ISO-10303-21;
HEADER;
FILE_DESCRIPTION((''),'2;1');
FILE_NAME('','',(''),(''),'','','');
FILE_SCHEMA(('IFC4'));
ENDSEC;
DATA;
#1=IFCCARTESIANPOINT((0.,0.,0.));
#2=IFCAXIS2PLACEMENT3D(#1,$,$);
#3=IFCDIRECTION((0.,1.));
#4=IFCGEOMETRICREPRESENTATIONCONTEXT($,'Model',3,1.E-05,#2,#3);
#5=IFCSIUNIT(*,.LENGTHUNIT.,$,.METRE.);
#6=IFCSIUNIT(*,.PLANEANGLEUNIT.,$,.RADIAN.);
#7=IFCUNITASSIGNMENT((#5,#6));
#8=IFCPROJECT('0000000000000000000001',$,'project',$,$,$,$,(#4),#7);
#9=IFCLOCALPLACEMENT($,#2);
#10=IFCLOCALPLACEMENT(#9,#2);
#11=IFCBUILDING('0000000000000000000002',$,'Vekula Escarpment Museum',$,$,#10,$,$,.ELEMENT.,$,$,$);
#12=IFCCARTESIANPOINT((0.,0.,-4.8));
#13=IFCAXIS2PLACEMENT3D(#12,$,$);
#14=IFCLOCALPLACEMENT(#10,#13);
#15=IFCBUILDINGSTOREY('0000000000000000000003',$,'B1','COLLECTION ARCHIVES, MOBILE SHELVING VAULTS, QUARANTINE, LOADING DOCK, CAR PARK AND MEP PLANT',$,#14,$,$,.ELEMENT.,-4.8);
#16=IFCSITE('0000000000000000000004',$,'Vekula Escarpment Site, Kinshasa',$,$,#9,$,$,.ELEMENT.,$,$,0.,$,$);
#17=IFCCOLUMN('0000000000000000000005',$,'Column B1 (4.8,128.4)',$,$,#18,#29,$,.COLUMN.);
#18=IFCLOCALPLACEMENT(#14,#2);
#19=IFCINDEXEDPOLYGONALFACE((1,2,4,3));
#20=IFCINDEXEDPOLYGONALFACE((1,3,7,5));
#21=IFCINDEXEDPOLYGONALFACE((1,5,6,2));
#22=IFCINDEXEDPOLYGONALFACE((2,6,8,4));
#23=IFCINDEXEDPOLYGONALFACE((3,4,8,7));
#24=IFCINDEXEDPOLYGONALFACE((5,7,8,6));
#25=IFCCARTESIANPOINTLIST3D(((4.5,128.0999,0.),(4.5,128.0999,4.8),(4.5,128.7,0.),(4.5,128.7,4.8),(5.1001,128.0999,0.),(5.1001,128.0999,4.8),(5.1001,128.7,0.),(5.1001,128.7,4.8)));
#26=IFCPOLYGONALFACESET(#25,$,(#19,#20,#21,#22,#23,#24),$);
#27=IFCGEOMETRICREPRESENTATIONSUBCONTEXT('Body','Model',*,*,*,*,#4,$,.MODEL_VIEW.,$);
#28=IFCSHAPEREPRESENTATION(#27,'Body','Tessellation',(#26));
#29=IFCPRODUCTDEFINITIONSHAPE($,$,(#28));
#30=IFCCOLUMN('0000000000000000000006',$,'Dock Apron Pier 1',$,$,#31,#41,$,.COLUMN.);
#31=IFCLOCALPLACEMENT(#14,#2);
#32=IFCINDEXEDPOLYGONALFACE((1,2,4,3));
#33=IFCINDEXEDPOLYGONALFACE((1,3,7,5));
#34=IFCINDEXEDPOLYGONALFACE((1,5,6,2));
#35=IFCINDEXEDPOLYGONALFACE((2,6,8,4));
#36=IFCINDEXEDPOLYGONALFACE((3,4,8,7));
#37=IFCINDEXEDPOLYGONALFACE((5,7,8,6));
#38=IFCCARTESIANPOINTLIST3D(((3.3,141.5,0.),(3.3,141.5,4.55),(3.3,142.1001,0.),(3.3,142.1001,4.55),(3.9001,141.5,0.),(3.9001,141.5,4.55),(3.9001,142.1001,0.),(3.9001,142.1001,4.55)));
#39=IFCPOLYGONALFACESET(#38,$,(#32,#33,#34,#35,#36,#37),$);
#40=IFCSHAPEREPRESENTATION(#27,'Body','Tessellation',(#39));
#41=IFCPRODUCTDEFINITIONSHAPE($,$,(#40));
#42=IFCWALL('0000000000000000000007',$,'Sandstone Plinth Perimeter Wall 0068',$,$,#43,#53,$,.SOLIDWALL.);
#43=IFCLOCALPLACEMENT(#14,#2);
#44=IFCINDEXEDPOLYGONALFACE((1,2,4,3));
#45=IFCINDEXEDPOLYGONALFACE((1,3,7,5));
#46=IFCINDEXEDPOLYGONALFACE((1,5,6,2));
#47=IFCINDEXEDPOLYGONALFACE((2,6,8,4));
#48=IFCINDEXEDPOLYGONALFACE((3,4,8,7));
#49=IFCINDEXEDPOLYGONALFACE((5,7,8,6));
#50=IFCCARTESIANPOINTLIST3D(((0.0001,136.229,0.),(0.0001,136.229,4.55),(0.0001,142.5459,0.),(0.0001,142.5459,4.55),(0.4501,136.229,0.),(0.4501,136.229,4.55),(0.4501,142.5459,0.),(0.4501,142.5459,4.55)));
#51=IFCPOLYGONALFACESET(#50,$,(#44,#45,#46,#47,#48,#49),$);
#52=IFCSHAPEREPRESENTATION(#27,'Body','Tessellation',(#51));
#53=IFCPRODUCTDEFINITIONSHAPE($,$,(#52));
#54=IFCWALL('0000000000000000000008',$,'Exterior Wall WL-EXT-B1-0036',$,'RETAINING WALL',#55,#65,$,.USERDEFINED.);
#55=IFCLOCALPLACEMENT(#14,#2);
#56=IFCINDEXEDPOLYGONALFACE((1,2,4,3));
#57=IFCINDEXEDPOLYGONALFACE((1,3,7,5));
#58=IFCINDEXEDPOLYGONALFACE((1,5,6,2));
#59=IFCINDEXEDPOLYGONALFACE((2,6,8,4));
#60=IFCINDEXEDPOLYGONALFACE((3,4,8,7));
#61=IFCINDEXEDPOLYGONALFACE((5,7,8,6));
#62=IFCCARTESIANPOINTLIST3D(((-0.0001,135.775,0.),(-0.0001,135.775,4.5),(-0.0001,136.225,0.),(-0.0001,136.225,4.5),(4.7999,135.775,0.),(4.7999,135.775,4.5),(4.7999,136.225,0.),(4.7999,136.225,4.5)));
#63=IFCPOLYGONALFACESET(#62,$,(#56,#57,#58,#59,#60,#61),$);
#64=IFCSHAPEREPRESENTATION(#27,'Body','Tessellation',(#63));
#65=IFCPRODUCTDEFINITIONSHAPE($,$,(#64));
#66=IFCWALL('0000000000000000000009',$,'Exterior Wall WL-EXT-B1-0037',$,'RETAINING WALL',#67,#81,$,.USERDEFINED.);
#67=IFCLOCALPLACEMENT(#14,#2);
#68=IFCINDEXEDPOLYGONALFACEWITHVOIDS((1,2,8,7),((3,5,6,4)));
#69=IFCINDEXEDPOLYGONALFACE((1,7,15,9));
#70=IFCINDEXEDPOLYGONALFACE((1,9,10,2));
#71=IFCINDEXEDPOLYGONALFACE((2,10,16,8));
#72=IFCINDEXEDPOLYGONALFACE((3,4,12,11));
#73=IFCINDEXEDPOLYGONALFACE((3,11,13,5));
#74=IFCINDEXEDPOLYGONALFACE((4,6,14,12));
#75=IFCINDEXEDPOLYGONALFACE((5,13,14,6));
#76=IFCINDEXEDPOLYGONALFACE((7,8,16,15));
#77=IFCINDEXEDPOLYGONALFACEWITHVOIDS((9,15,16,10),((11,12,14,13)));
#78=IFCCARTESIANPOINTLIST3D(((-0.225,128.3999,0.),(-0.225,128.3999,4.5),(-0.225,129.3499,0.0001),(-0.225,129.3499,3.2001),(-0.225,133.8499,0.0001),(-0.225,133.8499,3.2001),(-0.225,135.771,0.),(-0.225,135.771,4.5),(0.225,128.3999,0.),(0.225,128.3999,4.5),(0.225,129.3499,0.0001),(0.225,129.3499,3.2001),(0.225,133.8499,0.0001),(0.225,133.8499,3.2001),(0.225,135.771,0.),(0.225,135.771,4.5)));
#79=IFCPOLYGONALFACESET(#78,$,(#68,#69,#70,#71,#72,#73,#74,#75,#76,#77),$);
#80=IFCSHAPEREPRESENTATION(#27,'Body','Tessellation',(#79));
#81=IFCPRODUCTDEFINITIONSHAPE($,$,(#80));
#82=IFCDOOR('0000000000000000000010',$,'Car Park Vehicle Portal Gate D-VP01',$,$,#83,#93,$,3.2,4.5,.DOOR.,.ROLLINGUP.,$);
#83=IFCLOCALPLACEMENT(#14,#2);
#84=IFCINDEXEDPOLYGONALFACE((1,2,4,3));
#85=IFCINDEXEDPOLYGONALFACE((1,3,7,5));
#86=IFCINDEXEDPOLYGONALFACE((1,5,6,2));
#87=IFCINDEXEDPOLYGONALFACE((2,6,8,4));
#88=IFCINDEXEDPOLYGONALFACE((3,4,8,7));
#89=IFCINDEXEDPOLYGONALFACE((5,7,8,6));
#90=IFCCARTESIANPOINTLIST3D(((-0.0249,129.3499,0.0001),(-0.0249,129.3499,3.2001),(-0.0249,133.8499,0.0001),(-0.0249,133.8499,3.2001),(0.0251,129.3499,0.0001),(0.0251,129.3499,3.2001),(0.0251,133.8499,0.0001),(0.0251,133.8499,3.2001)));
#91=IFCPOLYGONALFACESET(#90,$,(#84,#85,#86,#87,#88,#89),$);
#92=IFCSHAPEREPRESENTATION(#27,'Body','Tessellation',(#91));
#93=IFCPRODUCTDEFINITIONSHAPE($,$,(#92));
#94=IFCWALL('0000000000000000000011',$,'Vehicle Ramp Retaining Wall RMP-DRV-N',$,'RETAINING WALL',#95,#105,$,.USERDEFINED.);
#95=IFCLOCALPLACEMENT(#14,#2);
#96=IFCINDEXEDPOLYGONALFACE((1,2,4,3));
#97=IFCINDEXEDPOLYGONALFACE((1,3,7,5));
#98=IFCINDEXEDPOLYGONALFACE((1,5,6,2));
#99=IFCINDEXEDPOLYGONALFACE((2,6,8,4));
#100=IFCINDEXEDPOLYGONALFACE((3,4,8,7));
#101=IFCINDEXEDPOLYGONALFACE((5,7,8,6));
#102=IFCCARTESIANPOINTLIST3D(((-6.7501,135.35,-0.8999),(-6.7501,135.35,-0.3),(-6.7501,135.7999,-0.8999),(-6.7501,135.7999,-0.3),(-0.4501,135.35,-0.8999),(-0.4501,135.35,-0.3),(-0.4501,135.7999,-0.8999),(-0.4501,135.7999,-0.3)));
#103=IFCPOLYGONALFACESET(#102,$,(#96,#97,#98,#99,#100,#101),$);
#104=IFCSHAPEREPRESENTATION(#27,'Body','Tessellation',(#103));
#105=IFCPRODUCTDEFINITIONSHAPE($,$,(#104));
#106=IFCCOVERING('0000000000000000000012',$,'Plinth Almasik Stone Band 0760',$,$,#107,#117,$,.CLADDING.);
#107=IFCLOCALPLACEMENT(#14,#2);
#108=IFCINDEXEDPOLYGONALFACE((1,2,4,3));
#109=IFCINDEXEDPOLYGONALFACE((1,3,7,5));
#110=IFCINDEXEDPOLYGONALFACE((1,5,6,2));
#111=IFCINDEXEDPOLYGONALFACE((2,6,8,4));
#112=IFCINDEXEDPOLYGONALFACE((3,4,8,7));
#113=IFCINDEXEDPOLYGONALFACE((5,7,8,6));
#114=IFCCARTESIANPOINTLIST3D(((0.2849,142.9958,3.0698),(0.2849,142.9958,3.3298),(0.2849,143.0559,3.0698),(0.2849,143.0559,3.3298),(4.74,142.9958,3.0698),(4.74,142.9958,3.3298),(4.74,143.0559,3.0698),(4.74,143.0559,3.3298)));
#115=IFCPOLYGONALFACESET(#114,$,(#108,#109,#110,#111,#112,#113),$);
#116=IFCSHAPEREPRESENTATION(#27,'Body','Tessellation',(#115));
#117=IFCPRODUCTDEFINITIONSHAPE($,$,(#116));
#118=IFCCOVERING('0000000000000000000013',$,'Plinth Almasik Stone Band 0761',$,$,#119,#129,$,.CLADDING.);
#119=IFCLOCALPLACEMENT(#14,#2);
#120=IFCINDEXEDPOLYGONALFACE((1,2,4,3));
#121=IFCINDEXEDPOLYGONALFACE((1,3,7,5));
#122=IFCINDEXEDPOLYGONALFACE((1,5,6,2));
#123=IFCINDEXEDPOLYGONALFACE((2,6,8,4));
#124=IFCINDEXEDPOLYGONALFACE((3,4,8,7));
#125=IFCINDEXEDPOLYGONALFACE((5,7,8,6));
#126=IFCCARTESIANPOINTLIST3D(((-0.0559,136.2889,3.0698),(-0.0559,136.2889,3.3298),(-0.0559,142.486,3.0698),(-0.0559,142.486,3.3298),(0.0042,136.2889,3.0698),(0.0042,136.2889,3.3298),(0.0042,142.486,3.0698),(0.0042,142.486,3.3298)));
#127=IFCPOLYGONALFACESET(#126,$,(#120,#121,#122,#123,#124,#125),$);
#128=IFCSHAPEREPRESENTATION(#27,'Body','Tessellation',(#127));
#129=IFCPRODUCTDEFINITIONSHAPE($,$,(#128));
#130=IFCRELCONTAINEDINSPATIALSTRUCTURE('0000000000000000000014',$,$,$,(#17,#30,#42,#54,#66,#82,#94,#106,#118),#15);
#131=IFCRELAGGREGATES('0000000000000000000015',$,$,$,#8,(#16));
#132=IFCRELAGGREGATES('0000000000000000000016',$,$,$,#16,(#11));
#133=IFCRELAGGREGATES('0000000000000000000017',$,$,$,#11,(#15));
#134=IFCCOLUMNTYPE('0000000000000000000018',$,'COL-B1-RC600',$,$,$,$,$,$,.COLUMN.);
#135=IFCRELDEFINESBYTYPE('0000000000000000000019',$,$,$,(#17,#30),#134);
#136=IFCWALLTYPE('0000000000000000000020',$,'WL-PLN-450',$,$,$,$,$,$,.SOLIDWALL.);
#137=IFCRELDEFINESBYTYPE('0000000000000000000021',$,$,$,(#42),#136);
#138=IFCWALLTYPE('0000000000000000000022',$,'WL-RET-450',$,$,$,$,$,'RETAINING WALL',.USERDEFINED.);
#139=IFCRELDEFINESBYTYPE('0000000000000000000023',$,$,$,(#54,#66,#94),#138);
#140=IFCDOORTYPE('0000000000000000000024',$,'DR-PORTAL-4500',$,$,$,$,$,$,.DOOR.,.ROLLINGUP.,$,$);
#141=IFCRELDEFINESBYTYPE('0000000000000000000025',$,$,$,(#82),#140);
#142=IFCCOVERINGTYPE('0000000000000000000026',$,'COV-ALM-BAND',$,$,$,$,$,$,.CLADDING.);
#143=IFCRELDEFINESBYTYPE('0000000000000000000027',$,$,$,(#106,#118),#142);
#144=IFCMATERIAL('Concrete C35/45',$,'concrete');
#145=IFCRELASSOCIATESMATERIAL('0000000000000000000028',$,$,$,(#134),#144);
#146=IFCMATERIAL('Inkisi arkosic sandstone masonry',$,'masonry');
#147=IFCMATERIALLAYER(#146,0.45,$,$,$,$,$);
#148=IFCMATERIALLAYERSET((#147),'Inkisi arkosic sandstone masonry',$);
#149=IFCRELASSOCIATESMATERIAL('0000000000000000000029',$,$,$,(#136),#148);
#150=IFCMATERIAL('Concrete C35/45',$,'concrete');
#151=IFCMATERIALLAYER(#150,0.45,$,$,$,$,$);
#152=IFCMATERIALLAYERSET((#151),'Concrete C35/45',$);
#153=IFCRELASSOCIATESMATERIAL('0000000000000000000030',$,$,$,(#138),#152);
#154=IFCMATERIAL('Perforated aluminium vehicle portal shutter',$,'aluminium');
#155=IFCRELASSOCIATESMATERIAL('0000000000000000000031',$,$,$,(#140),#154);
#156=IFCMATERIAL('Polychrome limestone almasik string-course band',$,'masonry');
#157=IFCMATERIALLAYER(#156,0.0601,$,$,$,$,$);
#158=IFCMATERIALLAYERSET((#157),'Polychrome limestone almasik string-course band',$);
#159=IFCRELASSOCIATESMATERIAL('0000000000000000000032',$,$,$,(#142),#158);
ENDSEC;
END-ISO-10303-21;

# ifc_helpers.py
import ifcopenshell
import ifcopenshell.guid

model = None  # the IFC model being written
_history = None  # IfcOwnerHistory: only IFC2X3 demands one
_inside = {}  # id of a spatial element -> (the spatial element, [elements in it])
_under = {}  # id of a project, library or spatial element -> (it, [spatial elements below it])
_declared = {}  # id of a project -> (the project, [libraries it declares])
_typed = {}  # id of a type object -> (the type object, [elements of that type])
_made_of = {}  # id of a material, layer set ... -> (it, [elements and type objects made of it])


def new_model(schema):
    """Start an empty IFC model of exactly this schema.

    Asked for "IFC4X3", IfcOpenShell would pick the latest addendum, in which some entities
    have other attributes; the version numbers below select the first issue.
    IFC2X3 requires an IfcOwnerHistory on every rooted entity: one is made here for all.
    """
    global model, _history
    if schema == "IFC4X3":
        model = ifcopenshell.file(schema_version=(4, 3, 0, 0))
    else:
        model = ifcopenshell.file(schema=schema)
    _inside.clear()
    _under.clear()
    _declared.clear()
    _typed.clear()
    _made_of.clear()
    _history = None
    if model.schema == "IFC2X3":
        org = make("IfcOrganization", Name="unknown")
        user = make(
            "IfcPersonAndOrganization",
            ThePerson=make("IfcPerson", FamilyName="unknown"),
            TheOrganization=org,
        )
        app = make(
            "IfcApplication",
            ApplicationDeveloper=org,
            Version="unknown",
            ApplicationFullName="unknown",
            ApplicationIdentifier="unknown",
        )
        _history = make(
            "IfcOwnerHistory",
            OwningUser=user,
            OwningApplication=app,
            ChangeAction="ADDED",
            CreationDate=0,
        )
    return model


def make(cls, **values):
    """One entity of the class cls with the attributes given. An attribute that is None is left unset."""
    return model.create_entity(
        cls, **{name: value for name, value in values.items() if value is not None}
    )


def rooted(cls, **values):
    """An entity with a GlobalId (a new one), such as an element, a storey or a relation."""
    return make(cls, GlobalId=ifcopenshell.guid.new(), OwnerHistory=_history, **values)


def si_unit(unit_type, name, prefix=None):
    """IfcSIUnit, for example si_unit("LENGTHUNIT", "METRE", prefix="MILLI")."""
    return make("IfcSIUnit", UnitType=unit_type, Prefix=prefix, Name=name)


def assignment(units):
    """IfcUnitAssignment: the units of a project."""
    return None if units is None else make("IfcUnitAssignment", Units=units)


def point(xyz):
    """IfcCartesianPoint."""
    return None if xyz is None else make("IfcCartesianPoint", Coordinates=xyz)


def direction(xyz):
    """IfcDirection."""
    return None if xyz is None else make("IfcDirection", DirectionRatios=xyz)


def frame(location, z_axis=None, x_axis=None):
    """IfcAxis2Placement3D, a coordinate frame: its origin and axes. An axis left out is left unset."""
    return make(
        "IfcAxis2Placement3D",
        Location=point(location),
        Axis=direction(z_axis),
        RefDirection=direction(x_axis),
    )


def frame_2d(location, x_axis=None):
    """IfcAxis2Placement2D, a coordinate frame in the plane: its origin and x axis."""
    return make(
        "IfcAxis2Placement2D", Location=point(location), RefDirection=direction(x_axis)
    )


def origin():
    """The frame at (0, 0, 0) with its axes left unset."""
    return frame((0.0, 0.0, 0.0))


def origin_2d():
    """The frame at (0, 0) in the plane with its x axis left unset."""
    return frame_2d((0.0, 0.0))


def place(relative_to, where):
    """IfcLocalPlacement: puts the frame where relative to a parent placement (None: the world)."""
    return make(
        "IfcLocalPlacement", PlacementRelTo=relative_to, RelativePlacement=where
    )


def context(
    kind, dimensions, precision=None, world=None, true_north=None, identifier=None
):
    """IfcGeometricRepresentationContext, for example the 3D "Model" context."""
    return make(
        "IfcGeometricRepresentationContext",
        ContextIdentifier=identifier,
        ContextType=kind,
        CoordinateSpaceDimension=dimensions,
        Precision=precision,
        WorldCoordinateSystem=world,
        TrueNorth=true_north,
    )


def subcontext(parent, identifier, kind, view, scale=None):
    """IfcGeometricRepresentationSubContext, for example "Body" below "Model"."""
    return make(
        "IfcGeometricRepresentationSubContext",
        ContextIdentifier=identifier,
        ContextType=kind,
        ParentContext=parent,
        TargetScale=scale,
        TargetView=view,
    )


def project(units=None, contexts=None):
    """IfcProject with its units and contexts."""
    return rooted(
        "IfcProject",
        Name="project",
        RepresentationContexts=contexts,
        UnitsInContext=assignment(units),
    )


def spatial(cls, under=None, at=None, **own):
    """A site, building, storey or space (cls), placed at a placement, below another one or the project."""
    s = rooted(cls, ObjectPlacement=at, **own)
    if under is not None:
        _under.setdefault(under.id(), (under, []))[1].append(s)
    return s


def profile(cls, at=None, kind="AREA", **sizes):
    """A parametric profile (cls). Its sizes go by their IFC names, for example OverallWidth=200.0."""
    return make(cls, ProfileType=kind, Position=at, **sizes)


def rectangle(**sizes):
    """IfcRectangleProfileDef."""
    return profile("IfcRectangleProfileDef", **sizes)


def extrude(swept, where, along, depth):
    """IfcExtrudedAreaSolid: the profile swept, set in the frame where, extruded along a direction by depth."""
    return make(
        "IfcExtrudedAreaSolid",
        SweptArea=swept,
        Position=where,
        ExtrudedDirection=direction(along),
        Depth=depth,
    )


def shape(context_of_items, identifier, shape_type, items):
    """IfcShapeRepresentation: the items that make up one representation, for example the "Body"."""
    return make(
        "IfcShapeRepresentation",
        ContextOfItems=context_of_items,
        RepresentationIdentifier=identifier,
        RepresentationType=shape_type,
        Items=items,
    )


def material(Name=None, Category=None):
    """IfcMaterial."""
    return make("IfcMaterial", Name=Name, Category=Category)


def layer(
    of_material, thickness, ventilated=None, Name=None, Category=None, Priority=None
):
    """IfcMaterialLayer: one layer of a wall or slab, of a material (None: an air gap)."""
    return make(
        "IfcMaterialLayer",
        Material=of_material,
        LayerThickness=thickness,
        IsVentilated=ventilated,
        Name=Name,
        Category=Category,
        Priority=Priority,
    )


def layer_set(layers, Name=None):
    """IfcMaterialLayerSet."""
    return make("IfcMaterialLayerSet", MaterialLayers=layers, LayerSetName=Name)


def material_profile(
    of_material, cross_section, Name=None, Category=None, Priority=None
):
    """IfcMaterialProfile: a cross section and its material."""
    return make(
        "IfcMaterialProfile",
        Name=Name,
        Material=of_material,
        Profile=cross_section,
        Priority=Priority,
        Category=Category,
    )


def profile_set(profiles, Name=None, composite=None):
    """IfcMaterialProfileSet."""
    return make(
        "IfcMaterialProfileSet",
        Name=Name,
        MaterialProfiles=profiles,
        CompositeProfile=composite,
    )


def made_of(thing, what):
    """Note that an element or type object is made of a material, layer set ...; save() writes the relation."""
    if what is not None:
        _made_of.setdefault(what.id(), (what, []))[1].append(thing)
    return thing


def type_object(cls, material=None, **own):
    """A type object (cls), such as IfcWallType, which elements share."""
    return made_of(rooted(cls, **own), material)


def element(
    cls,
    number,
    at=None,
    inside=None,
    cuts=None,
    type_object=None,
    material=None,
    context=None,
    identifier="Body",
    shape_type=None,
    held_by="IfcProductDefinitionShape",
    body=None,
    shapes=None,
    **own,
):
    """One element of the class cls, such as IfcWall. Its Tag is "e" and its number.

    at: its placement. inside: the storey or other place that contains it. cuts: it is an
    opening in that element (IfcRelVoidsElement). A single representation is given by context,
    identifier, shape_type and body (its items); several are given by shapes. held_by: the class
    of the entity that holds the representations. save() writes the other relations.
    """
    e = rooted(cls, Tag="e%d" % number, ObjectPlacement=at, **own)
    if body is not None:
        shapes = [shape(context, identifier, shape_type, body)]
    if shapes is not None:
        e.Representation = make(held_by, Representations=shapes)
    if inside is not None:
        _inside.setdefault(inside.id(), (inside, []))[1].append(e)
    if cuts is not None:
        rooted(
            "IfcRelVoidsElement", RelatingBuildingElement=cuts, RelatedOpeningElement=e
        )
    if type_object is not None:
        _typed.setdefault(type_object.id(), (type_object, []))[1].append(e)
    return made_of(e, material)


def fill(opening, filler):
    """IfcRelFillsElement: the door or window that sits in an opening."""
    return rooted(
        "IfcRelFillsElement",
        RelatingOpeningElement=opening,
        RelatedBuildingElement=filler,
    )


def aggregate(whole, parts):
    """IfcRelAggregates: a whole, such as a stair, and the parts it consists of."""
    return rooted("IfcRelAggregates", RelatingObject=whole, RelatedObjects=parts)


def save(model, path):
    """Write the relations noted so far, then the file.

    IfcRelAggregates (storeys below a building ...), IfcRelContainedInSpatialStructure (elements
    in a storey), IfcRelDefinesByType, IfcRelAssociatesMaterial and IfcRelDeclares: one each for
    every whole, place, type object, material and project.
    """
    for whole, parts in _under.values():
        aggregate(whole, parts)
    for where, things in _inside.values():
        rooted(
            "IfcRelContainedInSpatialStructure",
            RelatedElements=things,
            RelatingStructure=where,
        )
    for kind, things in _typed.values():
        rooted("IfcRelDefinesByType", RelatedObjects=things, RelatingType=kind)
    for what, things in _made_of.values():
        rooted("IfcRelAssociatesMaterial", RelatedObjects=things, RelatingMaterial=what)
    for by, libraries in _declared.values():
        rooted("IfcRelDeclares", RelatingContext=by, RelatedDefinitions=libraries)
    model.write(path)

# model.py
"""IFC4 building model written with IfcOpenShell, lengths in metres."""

from ifc_helpers import new_model, si_unit, direction, frame, frame_2d, origin, origin_2d, place, context, subcontext, project, spatial, rectangle, extrude, material, layer, layer_set, material_profile, profile_set, type_object, element, fill, save


model = new_model("IFC4")

# Units and contexts
model_context = context("Model", 3, precision=1e-05, world=origin(), true_north=direction((0.0, 1.0)))
body_context = subcontext(model_context, "Body", "Model", "MODEL_VIEW")
ifc_project = project(units=[si_unit("LENGTHUNIT", "METRE"), si_unit("PLANEANGLEUNIT", "RADIAN")], contexts=[model_context])

# Site, building, storey
site_placement = place(None, origin())
site = spatial("IfcSite", under=ifc_project, at=site_placement, Name="Vekula Escarpment Site, Kinshasa", CompositionType="ELEMENT", RefElevation=0.0)
building_placement = place(site_placement, origin())
building = spatial("IfcBuilding", under=site, at=building_placement, Name="Vekula Escarpment Museum", CompositionType="ELEMENT")
storey_placement = place(building_placement, frame((0.0, 0.0, -4.8)))
storey = spatial("IfcBuildingStorey", under=building, at=storey_placement, Name="B1", Description="COLLECTION ARCHIVES, MOBILE SHELVING VAULTS, QUARANTINE, LOADING DOCK, CAR PARK AND MEP PLANT", CompositionType="ELEMENT", Elevation=-4.8)

# Columns
ifc_material_1 = material(Name="Concrete C35/45", Category="concrete")
ifc_material_profile_1 = material_profile(ifc_material_1, rectangle(XDim=0.6001, YDim=0.6001, at=origin_2d()), Name="RC 600x600")
ifc_profile_set_1 = profile_set([ifc_material_profile_1], Name="Concrete C35/45")
column_type = type_object("IfcColumnType", Name="COL-B1-RC600", PredefinedType="COLUMN", material=ifc_profile_set_1)
for number, where, z_axis, x_axis, name in (
    (1, (4.8, 128.3999, 0.0), (0.0, 0.0, 1.0), (1.0, 0.0, 0.0), "Column B1 (4.8,128.4)"),
):
    element("IfcColumn", number, at=place(storey_placement, frame(where, z_axis=z_axis, x_axis=x_axis)), inside=storey, type_object=column_type, Name=name, PredefinedType="COLUMN", context=body_context, shape_type="SweptSolid", body=[
        extrude(rectangle(XDim=0.6001, YDim=0.6001, at=origin_2d()), origin(), (0.0, 0.0, 1.0), 4.8),
    ])
column_placement = place(storey_placement, frame((3.6001, 141.8, 0.0), z_axis=(0.0, 0.0, 1.0), x_axis=(1.0, 0.0, 0.0)))
element("IfcColumn", 2, at=column_placement, inside=storey, type_object=column_type, Name="Dock Apron Pier 1", PredefinedType="COLUMN", context=body_context, shape_type="SweptSolid", body=[
    extrude(rectangle(XDim=0.6001, YDim=0.6001, at=origin_2d()), origin(), (0.0, 0.0, 1.0), 4.55),
])

# Walls
ifc_material_2 = material(Name="Inkisi arkosic sandstone masonry", Category="masonry")
ifc_layer_1 = layer(ifc_material_2, 0.45)
ifc_layer_set_1 = layer_set([ifc_layer_1], Name="Inkisi arkosic sandstone masonry")
wall_type_1 = type_object("IfcWallType", Name="WL-PLN-450", PredefinedType="SOLIDWALL", material=ifc_layer_set_1)
wall_1_placement = place(storey_placement, frame((0.2251, 142.5459, 0.0), z_axis=(0.0, 0.0, 1.0), x_axis=(0.0, -1.0, 0.0)))
element("IfcWall", 3, at=wall_1_placement, inside=storey, type_object=wall_type_1, Name="Sandstone Plinth Perimeter Wall 0068", PredefinedType="SOLIDWALL", context=body_context, shape_type="SweptSolid", body=[
    extrude(rectangle(XDim=6.3169, YDim=0.45, at=frame_2d((3.1584, 0.0))), origin(), (0.0, 0.0, 1.0), 4.55),
])
ifc_material_3 = material(Name="Concrete C35/45", Category="concrete")
ifc_layer_2 = layer(ifc_material_3, 0.45)
ifc_layer_set_2 = layer_set([ifc_layer_2], Name="Concrete C35/45")
wall_type_2 = type_object("IfcWallType", Name="WL-RET-450", ElementType="RETAINING WALL", PredefinedType="USERDEFINED", material=ifc_layer_set_2)
wall_2_placement = place(storey_placement, frame((0.0, 136.0, 0.0), z_axis=(0.0, 0.0, 1.0), x_axis=(1.0, 0.0, 0.0)))
element("IfcWall", 4, at=wall_2_placement, inside=storey, type_object=wall_type_2, Name="Exterior Wall WL-EXT-B1-0036", ObjectType="RETAINING WALL", PredefinedType="USERDEFINED", context=body_context, shape_type="SweptSolid", body=[
    extrude(rectangle(XDim=4.8, YDim=0.45, at=frame_2d((2.3999, 0.0))), origin(), (0.0, 0.0, 1.0), 4.5),
])

# Wall, opening, door
wall_3_placement = place(storey_placement, frame((0.0, 128.3999, 0.0), z_axis=(0.0, 0.0, 1.0), x_axis=(0.0, 1.0, 0.0)))
wall_3 = element("IfcWall", 5, at=wall_3_placement, inside=storey, type_object=wall_type_2, Name="Exterior Wall WL-EXT-B1-0037", ObjectType="RETAINING WALL", PredefinedType="USERDEFINED", context=body_context, shape_type="SweptSolid", body=[
    extrude(rectangle(XDim=7.3711, YDim=0.45, at=frame_2d((3.6855, 0.0))), origin(), (0.0, 0.0, 1.0), 4.5),
])
opening_placement = place(wall_3_placement, frame((0.95, 0.0, 0.0)))
opening = element("IfcOpeningElement", 6, at=opening_placement, cuts=wall_3, PredefinedType="OPENING", context=body_context, shape_type="SweptSolid", body=[
    extrude(rectangle(XDim=4.5, YDim=3.2, at=frame_2d((2.25, 1.6001))), frame((0.0, 0.2349, 0.0), z_axis=(0.0, -1.0, 0.0), x_axis=(1.0, 0.0, 0.0)), (0.0, 0.0, 1.0), 0.47),
])
ifc_material_4 = material(Name="Perforated aluminium vehicle portal shutter", Category="aluminium")
door_type = type_object("IfcDoorType", Name="DR-PORTAL-4500", OperationType="ROLLINGUP", PredefinedType="DOOR", material=ifc_material_4)
door_placement = place(opening_placement, origin())
door = element("IfcDoor", 7, at=door_placement, inside=storey, type_object=door_type, Name="Car Park Vehicle Portal Gate D-VP01", OperationType="ROLLINGUP", OverallHeight=3.2, OverallWidth=4.5, PredefinedType="DOOR", context=body_context, shape_type="SweptSolid", body=[
    extrude(rectangle(XDim=4.5, YDim=3.2, at=frame_2d((2.25, 1.6001))), frame((0.0, 0.0249, 0.0), z_axis=(0.0, -1.0, 0.0), x_axis=(1.0, 0.0, 0.0)), (0.0, 0.0, 1.0), 0.05),
])
fill(opening, door)

# Wall
wall_4_placement = place(storey_placement, frame((-6.75, 135.575, -0.8999), z_axis=(0.0, 0.0, 1.0), x_axis=(1.0, 0.0, 0.0)))
element("IfcWall", 8, at=wall_4_placement, inside=storey, type_object=wall_type_2, Name="Vehicle Ramp Retaining Wall RMP-DRV-N", ObjectType="RETAINING WALL", PredefinedType="USERDEFINED", context=body_context, shape_type="SweptSolid", body=[
    extrude(rectangle(XDim=6.3, YDim=0.45, at=frame_2d((3.1499, 0.0))), origin(), (0.0, 0.0, 1.0), 0.5999),
])

# Coverings
ifc_material_5 = material(Name="Polychrome limestone almasik string-course band", Category="masonry")
ifc_layer_3 = layer(ifc_material_5, 0.0601)
ifc_layer_set_3 = layer_set([ifc_layer_3], Name="Polychrome limestone almasik string-course band")
covering_type = type_object("IfcCoveringType", Name="COV-ALM-BAND", PredefinedType="CLADDING", material=ifc_layer_set_3)
covering_1_placement = place(storey_placement, frame((2.5125, 143.0259, 3.0698), z_axis=(0.0, 0.0, 1.0), x_axis=(1.0, 0.0, 0.0)))
element("IfcCovering", 9, at=covering_1_placement, inside=storey, type_object=covering_type, Name="Plinth Almasik Stone Band 0760", PredefinedType="CLADDING", context=body_context, shape_type="SweptSolid", body=[
    extrude(rectangle(XDim=4.4551, YDim=0.0601, at=origin_2d()), origin(), (0.0, 0.0, 1.0), 0.26),
])
covering_2_placement = place(storey_placement, frame((-0.0259, 139.3875, 3.0698), z_axis=(0.0, 0.0, 1.0), x_axis=(0.0, 1.0, 0.0)))
element("IfcCovering", 10, at=covering_2_placement, inside=storey, type_object=covering_type, Name="Plinth Almasik Stone Band 0761", PredefinedType="CLADDING", context=body_context, shape_type="SweptSolid", body=[
    extrude(rectangle(XDim=6.197, YDim=0.0601, at=origin_2d()), origin(), (0.0, 0.0, 1.0), 0.26),
])

save(model, "model.ifc")
